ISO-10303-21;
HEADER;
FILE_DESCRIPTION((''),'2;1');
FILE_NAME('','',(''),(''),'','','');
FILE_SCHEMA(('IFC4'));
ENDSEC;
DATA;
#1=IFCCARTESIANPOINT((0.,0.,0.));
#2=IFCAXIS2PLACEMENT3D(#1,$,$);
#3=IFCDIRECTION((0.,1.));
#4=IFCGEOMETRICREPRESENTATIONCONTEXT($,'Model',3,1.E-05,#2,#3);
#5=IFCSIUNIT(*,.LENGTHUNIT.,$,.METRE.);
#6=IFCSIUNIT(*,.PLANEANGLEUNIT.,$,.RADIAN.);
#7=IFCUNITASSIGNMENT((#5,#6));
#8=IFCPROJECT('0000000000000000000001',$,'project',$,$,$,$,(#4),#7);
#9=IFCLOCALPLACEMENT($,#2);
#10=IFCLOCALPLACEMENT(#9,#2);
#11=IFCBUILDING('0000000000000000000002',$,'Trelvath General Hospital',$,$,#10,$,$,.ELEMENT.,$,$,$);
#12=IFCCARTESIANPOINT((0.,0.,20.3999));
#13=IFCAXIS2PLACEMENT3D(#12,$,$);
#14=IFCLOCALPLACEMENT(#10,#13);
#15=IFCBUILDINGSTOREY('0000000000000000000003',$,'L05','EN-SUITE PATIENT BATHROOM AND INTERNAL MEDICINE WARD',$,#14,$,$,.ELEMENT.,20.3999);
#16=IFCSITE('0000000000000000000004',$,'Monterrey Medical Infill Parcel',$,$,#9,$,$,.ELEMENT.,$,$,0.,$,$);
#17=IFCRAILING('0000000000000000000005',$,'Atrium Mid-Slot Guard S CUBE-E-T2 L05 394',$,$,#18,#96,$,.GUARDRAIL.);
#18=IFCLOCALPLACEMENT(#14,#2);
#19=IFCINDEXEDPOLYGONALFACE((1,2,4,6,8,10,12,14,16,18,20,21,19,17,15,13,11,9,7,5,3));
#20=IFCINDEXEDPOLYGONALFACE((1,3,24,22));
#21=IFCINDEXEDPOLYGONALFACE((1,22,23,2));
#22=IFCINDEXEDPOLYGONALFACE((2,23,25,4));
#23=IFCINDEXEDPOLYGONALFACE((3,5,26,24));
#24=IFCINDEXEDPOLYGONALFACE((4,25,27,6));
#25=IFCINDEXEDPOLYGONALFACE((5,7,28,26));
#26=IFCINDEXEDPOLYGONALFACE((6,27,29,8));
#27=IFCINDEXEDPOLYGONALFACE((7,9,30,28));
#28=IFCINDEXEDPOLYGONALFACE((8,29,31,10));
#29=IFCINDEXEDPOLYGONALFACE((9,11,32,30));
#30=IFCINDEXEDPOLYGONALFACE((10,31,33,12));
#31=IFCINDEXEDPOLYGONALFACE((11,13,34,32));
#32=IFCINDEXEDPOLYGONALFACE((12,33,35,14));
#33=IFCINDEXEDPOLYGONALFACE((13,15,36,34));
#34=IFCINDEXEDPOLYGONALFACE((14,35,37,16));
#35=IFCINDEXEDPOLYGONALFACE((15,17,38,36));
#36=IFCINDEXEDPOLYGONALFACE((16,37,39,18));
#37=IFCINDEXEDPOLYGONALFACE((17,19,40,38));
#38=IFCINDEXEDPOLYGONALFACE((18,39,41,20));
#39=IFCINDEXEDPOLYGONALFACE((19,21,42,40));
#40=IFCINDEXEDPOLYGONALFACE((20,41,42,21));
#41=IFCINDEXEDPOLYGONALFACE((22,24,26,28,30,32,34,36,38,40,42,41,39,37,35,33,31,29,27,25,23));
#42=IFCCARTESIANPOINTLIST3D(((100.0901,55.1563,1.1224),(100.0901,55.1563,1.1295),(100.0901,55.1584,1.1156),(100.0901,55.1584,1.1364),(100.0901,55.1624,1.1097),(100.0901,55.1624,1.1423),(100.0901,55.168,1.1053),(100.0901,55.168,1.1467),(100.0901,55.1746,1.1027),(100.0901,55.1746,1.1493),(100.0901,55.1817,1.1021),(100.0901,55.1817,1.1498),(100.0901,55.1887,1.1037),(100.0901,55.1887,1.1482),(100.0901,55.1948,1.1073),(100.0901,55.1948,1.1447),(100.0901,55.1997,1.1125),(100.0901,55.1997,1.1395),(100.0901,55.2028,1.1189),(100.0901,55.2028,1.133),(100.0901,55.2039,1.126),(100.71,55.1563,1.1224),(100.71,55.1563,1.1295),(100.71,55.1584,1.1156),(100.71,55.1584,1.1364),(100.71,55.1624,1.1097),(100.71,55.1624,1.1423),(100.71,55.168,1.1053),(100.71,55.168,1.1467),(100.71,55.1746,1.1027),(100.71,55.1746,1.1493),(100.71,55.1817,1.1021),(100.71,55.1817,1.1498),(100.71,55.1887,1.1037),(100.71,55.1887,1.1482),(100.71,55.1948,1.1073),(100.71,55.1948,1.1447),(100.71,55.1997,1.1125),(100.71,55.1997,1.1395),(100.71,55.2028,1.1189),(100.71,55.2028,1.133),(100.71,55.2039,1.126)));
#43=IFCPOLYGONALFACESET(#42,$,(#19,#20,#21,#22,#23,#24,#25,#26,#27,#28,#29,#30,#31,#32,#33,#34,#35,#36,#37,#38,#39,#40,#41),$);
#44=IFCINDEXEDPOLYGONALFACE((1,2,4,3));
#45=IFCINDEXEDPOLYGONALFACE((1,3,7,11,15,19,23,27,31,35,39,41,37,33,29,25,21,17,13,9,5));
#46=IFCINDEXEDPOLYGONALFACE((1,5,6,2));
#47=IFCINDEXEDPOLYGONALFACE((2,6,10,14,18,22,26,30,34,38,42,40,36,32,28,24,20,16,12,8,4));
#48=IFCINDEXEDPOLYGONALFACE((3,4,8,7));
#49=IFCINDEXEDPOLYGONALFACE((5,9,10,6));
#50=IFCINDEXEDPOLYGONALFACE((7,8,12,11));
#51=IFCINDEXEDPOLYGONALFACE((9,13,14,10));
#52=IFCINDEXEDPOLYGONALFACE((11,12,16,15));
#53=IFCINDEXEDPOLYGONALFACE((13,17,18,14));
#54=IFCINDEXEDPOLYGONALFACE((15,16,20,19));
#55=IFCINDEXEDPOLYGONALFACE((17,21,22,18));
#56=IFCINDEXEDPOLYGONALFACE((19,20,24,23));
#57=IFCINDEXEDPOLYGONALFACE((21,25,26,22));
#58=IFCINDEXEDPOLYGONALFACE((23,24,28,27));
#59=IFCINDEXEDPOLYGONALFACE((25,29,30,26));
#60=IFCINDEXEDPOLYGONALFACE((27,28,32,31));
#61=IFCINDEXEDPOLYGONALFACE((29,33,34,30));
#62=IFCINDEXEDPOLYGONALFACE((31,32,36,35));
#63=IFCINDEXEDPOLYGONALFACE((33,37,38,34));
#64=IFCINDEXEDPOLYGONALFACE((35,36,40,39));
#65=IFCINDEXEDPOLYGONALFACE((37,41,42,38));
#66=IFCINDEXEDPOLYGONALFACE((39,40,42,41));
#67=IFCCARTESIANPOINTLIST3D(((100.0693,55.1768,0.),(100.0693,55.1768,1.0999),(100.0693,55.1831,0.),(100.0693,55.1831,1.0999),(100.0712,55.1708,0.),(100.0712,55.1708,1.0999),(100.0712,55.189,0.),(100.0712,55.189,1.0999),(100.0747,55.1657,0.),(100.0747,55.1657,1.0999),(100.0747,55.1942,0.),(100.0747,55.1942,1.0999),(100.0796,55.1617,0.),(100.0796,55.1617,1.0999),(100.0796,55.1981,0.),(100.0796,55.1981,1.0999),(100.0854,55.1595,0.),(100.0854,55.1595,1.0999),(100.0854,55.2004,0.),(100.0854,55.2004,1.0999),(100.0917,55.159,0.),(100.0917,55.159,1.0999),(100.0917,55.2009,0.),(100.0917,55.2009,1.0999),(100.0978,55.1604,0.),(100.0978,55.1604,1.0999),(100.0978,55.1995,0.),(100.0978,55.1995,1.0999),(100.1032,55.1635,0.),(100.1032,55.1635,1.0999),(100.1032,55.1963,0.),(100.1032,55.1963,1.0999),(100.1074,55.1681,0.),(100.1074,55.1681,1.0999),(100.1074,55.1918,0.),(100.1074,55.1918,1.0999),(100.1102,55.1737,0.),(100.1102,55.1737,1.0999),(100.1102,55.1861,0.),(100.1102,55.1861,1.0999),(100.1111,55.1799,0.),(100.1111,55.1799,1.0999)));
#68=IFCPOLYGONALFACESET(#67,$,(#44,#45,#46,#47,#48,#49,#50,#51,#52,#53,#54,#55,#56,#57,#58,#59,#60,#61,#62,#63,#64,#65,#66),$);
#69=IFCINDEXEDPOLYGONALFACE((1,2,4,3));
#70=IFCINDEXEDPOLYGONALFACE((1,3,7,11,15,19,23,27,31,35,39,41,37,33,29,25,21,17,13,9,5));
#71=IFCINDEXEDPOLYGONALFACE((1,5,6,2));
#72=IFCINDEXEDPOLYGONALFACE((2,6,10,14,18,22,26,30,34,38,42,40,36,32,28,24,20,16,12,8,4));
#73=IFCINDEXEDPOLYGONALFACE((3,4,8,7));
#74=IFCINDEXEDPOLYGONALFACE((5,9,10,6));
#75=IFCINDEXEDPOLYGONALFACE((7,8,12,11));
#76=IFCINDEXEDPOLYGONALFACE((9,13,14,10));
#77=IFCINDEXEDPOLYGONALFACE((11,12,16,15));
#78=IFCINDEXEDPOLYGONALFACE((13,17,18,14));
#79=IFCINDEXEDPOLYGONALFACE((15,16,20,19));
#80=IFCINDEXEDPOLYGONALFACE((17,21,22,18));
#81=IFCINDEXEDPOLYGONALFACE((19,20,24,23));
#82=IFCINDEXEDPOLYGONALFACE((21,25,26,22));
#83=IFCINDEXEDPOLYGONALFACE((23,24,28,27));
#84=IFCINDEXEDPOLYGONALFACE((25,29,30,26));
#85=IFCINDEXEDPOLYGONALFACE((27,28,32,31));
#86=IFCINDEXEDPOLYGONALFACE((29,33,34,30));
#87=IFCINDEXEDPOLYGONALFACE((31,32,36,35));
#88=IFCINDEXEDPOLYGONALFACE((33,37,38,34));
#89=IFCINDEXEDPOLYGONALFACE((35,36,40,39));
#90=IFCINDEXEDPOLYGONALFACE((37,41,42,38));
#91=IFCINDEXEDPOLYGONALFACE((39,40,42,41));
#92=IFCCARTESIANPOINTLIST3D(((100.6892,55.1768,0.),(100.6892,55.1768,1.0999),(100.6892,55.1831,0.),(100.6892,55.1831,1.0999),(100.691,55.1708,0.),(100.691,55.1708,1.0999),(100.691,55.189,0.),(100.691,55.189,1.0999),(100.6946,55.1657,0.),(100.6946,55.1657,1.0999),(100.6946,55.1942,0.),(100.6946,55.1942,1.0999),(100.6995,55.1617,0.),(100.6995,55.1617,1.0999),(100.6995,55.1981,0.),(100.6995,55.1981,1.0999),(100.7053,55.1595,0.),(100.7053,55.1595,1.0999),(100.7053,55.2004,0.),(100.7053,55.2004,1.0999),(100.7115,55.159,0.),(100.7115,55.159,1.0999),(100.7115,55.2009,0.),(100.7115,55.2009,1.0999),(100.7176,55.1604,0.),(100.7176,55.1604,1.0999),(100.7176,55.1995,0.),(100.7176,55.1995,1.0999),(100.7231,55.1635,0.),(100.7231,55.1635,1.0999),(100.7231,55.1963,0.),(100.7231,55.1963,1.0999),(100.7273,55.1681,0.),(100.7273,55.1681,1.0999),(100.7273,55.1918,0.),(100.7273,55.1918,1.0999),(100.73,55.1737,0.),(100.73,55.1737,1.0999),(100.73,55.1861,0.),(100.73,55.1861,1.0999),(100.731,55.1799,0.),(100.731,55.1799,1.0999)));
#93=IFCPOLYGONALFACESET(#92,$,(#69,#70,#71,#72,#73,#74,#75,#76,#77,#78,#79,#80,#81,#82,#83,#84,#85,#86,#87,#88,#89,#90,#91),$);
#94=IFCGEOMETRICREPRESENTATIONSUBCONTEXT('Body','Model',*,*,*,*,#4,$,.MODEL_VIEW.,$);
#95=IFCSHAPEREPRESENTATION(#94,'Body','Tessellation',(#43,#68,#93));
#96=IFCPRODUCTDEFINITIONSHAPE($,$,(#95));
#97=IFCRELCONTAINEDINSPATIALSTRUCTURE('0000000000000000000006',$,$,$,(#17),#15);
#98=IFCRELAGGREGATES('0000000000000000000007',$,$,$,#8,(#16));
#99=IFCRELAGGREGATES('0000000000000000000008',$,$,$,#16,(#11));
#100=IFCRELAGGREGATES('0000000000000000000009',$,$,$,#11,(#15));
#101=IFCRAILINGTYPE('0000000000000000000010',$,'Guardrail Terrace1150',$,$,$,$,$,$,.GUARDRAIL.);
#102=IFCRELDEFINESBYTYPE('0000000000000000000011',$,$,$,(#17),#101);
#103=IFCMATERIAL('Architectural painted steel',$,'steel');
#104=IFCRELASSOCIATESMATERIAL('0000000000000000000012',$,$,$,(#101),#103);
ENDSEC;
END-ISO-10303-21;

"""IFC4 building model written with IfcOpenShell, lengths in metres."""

from ifc_helpers import new_model, si_unit, direction, frame, origin, origin_2d, place, context, subcontext, project, spatial, circle, extrude, material, type_object, element, save


model = new_model("IFC4")

# Units and contexts
model_context = context("Model", 3, precision=1e-05, world=origin(), true_north=direction((0.0, 1.0)))
body_context = subcontext(model_context, "Body", "Model", "MODEL_VIEW")
ifc_project = project(units=[si_unit("LENGTHUNIT", "METRE"), si_unit("PLANEANGLEUNIT", "RADIAN")], contexts=[model_context])

# Site, building, storey
site_placement = place(None, origin())
site = spatial("IfcSite", under=ifc_project, at=site_placement, Name="Monterrey Medical Infill Parcel", CompositionType="ELEMENT", RefElevation=0.0)
building_placement = place(site_placement, origin())
building = spatial("IfcBuilding", under=site, at=building_placement, Name="Trelvath General Hospital", CompositionType="ELEMENT")
storey_placement = place(building_placement, frame((0.0, 0.0, 20.3999)))
storey = spatial("IfcBuildingStorey", under=building, at=storey_placement, Name="L05", Description="EN-SUITE PATIENT BATHROOM AND INTERNAL MEDICINE WARD", CompositionType="ELEMENT", Elevation=20.3999)

# Railing
ifc_material_1 = material(Name="Architectural painted steel", Category="steel")
railing_type = type_object("IfcRailingType", Name="Guardrail Terrace1150", PredefinedType="GUARDRAIL", material=ifc_material_1)
railing_1_placement = place(storey_placement, frame((100.0901, 55.1799, 0.0)))
element("IfcRailing", 1, at=railing_1_placement, inside=storey, type_object=railing_type, Name="Atrium Mid-Slot Guard S CUBE-E-T2 L05 394", PredefinedType="GUARDRAIL", context=body_context, shape_type="SweptSolid", body=[
    extrude(circle(Radius=0.0239, at=origin_2d()), frame((0.0, 0.0, 1.126), z_axis=(1.0, 0.0, 0.0), x_axis=(0.0, 1.0, 0.0)), (0.0, 0.0, 1.0), 0.6199),
    extrude(circle(Radius=0.021, at=origin_2d()), origin(), (0.0, 0.0, 1.0), 1.0999),
    extrude(circle(Radius=0.021, at=origin_2d()), frame((0.6199, 0.0, 0.0)), (0.0, 0.0, 1.0), 1.0999),
])

save(model, "model.ifc")
